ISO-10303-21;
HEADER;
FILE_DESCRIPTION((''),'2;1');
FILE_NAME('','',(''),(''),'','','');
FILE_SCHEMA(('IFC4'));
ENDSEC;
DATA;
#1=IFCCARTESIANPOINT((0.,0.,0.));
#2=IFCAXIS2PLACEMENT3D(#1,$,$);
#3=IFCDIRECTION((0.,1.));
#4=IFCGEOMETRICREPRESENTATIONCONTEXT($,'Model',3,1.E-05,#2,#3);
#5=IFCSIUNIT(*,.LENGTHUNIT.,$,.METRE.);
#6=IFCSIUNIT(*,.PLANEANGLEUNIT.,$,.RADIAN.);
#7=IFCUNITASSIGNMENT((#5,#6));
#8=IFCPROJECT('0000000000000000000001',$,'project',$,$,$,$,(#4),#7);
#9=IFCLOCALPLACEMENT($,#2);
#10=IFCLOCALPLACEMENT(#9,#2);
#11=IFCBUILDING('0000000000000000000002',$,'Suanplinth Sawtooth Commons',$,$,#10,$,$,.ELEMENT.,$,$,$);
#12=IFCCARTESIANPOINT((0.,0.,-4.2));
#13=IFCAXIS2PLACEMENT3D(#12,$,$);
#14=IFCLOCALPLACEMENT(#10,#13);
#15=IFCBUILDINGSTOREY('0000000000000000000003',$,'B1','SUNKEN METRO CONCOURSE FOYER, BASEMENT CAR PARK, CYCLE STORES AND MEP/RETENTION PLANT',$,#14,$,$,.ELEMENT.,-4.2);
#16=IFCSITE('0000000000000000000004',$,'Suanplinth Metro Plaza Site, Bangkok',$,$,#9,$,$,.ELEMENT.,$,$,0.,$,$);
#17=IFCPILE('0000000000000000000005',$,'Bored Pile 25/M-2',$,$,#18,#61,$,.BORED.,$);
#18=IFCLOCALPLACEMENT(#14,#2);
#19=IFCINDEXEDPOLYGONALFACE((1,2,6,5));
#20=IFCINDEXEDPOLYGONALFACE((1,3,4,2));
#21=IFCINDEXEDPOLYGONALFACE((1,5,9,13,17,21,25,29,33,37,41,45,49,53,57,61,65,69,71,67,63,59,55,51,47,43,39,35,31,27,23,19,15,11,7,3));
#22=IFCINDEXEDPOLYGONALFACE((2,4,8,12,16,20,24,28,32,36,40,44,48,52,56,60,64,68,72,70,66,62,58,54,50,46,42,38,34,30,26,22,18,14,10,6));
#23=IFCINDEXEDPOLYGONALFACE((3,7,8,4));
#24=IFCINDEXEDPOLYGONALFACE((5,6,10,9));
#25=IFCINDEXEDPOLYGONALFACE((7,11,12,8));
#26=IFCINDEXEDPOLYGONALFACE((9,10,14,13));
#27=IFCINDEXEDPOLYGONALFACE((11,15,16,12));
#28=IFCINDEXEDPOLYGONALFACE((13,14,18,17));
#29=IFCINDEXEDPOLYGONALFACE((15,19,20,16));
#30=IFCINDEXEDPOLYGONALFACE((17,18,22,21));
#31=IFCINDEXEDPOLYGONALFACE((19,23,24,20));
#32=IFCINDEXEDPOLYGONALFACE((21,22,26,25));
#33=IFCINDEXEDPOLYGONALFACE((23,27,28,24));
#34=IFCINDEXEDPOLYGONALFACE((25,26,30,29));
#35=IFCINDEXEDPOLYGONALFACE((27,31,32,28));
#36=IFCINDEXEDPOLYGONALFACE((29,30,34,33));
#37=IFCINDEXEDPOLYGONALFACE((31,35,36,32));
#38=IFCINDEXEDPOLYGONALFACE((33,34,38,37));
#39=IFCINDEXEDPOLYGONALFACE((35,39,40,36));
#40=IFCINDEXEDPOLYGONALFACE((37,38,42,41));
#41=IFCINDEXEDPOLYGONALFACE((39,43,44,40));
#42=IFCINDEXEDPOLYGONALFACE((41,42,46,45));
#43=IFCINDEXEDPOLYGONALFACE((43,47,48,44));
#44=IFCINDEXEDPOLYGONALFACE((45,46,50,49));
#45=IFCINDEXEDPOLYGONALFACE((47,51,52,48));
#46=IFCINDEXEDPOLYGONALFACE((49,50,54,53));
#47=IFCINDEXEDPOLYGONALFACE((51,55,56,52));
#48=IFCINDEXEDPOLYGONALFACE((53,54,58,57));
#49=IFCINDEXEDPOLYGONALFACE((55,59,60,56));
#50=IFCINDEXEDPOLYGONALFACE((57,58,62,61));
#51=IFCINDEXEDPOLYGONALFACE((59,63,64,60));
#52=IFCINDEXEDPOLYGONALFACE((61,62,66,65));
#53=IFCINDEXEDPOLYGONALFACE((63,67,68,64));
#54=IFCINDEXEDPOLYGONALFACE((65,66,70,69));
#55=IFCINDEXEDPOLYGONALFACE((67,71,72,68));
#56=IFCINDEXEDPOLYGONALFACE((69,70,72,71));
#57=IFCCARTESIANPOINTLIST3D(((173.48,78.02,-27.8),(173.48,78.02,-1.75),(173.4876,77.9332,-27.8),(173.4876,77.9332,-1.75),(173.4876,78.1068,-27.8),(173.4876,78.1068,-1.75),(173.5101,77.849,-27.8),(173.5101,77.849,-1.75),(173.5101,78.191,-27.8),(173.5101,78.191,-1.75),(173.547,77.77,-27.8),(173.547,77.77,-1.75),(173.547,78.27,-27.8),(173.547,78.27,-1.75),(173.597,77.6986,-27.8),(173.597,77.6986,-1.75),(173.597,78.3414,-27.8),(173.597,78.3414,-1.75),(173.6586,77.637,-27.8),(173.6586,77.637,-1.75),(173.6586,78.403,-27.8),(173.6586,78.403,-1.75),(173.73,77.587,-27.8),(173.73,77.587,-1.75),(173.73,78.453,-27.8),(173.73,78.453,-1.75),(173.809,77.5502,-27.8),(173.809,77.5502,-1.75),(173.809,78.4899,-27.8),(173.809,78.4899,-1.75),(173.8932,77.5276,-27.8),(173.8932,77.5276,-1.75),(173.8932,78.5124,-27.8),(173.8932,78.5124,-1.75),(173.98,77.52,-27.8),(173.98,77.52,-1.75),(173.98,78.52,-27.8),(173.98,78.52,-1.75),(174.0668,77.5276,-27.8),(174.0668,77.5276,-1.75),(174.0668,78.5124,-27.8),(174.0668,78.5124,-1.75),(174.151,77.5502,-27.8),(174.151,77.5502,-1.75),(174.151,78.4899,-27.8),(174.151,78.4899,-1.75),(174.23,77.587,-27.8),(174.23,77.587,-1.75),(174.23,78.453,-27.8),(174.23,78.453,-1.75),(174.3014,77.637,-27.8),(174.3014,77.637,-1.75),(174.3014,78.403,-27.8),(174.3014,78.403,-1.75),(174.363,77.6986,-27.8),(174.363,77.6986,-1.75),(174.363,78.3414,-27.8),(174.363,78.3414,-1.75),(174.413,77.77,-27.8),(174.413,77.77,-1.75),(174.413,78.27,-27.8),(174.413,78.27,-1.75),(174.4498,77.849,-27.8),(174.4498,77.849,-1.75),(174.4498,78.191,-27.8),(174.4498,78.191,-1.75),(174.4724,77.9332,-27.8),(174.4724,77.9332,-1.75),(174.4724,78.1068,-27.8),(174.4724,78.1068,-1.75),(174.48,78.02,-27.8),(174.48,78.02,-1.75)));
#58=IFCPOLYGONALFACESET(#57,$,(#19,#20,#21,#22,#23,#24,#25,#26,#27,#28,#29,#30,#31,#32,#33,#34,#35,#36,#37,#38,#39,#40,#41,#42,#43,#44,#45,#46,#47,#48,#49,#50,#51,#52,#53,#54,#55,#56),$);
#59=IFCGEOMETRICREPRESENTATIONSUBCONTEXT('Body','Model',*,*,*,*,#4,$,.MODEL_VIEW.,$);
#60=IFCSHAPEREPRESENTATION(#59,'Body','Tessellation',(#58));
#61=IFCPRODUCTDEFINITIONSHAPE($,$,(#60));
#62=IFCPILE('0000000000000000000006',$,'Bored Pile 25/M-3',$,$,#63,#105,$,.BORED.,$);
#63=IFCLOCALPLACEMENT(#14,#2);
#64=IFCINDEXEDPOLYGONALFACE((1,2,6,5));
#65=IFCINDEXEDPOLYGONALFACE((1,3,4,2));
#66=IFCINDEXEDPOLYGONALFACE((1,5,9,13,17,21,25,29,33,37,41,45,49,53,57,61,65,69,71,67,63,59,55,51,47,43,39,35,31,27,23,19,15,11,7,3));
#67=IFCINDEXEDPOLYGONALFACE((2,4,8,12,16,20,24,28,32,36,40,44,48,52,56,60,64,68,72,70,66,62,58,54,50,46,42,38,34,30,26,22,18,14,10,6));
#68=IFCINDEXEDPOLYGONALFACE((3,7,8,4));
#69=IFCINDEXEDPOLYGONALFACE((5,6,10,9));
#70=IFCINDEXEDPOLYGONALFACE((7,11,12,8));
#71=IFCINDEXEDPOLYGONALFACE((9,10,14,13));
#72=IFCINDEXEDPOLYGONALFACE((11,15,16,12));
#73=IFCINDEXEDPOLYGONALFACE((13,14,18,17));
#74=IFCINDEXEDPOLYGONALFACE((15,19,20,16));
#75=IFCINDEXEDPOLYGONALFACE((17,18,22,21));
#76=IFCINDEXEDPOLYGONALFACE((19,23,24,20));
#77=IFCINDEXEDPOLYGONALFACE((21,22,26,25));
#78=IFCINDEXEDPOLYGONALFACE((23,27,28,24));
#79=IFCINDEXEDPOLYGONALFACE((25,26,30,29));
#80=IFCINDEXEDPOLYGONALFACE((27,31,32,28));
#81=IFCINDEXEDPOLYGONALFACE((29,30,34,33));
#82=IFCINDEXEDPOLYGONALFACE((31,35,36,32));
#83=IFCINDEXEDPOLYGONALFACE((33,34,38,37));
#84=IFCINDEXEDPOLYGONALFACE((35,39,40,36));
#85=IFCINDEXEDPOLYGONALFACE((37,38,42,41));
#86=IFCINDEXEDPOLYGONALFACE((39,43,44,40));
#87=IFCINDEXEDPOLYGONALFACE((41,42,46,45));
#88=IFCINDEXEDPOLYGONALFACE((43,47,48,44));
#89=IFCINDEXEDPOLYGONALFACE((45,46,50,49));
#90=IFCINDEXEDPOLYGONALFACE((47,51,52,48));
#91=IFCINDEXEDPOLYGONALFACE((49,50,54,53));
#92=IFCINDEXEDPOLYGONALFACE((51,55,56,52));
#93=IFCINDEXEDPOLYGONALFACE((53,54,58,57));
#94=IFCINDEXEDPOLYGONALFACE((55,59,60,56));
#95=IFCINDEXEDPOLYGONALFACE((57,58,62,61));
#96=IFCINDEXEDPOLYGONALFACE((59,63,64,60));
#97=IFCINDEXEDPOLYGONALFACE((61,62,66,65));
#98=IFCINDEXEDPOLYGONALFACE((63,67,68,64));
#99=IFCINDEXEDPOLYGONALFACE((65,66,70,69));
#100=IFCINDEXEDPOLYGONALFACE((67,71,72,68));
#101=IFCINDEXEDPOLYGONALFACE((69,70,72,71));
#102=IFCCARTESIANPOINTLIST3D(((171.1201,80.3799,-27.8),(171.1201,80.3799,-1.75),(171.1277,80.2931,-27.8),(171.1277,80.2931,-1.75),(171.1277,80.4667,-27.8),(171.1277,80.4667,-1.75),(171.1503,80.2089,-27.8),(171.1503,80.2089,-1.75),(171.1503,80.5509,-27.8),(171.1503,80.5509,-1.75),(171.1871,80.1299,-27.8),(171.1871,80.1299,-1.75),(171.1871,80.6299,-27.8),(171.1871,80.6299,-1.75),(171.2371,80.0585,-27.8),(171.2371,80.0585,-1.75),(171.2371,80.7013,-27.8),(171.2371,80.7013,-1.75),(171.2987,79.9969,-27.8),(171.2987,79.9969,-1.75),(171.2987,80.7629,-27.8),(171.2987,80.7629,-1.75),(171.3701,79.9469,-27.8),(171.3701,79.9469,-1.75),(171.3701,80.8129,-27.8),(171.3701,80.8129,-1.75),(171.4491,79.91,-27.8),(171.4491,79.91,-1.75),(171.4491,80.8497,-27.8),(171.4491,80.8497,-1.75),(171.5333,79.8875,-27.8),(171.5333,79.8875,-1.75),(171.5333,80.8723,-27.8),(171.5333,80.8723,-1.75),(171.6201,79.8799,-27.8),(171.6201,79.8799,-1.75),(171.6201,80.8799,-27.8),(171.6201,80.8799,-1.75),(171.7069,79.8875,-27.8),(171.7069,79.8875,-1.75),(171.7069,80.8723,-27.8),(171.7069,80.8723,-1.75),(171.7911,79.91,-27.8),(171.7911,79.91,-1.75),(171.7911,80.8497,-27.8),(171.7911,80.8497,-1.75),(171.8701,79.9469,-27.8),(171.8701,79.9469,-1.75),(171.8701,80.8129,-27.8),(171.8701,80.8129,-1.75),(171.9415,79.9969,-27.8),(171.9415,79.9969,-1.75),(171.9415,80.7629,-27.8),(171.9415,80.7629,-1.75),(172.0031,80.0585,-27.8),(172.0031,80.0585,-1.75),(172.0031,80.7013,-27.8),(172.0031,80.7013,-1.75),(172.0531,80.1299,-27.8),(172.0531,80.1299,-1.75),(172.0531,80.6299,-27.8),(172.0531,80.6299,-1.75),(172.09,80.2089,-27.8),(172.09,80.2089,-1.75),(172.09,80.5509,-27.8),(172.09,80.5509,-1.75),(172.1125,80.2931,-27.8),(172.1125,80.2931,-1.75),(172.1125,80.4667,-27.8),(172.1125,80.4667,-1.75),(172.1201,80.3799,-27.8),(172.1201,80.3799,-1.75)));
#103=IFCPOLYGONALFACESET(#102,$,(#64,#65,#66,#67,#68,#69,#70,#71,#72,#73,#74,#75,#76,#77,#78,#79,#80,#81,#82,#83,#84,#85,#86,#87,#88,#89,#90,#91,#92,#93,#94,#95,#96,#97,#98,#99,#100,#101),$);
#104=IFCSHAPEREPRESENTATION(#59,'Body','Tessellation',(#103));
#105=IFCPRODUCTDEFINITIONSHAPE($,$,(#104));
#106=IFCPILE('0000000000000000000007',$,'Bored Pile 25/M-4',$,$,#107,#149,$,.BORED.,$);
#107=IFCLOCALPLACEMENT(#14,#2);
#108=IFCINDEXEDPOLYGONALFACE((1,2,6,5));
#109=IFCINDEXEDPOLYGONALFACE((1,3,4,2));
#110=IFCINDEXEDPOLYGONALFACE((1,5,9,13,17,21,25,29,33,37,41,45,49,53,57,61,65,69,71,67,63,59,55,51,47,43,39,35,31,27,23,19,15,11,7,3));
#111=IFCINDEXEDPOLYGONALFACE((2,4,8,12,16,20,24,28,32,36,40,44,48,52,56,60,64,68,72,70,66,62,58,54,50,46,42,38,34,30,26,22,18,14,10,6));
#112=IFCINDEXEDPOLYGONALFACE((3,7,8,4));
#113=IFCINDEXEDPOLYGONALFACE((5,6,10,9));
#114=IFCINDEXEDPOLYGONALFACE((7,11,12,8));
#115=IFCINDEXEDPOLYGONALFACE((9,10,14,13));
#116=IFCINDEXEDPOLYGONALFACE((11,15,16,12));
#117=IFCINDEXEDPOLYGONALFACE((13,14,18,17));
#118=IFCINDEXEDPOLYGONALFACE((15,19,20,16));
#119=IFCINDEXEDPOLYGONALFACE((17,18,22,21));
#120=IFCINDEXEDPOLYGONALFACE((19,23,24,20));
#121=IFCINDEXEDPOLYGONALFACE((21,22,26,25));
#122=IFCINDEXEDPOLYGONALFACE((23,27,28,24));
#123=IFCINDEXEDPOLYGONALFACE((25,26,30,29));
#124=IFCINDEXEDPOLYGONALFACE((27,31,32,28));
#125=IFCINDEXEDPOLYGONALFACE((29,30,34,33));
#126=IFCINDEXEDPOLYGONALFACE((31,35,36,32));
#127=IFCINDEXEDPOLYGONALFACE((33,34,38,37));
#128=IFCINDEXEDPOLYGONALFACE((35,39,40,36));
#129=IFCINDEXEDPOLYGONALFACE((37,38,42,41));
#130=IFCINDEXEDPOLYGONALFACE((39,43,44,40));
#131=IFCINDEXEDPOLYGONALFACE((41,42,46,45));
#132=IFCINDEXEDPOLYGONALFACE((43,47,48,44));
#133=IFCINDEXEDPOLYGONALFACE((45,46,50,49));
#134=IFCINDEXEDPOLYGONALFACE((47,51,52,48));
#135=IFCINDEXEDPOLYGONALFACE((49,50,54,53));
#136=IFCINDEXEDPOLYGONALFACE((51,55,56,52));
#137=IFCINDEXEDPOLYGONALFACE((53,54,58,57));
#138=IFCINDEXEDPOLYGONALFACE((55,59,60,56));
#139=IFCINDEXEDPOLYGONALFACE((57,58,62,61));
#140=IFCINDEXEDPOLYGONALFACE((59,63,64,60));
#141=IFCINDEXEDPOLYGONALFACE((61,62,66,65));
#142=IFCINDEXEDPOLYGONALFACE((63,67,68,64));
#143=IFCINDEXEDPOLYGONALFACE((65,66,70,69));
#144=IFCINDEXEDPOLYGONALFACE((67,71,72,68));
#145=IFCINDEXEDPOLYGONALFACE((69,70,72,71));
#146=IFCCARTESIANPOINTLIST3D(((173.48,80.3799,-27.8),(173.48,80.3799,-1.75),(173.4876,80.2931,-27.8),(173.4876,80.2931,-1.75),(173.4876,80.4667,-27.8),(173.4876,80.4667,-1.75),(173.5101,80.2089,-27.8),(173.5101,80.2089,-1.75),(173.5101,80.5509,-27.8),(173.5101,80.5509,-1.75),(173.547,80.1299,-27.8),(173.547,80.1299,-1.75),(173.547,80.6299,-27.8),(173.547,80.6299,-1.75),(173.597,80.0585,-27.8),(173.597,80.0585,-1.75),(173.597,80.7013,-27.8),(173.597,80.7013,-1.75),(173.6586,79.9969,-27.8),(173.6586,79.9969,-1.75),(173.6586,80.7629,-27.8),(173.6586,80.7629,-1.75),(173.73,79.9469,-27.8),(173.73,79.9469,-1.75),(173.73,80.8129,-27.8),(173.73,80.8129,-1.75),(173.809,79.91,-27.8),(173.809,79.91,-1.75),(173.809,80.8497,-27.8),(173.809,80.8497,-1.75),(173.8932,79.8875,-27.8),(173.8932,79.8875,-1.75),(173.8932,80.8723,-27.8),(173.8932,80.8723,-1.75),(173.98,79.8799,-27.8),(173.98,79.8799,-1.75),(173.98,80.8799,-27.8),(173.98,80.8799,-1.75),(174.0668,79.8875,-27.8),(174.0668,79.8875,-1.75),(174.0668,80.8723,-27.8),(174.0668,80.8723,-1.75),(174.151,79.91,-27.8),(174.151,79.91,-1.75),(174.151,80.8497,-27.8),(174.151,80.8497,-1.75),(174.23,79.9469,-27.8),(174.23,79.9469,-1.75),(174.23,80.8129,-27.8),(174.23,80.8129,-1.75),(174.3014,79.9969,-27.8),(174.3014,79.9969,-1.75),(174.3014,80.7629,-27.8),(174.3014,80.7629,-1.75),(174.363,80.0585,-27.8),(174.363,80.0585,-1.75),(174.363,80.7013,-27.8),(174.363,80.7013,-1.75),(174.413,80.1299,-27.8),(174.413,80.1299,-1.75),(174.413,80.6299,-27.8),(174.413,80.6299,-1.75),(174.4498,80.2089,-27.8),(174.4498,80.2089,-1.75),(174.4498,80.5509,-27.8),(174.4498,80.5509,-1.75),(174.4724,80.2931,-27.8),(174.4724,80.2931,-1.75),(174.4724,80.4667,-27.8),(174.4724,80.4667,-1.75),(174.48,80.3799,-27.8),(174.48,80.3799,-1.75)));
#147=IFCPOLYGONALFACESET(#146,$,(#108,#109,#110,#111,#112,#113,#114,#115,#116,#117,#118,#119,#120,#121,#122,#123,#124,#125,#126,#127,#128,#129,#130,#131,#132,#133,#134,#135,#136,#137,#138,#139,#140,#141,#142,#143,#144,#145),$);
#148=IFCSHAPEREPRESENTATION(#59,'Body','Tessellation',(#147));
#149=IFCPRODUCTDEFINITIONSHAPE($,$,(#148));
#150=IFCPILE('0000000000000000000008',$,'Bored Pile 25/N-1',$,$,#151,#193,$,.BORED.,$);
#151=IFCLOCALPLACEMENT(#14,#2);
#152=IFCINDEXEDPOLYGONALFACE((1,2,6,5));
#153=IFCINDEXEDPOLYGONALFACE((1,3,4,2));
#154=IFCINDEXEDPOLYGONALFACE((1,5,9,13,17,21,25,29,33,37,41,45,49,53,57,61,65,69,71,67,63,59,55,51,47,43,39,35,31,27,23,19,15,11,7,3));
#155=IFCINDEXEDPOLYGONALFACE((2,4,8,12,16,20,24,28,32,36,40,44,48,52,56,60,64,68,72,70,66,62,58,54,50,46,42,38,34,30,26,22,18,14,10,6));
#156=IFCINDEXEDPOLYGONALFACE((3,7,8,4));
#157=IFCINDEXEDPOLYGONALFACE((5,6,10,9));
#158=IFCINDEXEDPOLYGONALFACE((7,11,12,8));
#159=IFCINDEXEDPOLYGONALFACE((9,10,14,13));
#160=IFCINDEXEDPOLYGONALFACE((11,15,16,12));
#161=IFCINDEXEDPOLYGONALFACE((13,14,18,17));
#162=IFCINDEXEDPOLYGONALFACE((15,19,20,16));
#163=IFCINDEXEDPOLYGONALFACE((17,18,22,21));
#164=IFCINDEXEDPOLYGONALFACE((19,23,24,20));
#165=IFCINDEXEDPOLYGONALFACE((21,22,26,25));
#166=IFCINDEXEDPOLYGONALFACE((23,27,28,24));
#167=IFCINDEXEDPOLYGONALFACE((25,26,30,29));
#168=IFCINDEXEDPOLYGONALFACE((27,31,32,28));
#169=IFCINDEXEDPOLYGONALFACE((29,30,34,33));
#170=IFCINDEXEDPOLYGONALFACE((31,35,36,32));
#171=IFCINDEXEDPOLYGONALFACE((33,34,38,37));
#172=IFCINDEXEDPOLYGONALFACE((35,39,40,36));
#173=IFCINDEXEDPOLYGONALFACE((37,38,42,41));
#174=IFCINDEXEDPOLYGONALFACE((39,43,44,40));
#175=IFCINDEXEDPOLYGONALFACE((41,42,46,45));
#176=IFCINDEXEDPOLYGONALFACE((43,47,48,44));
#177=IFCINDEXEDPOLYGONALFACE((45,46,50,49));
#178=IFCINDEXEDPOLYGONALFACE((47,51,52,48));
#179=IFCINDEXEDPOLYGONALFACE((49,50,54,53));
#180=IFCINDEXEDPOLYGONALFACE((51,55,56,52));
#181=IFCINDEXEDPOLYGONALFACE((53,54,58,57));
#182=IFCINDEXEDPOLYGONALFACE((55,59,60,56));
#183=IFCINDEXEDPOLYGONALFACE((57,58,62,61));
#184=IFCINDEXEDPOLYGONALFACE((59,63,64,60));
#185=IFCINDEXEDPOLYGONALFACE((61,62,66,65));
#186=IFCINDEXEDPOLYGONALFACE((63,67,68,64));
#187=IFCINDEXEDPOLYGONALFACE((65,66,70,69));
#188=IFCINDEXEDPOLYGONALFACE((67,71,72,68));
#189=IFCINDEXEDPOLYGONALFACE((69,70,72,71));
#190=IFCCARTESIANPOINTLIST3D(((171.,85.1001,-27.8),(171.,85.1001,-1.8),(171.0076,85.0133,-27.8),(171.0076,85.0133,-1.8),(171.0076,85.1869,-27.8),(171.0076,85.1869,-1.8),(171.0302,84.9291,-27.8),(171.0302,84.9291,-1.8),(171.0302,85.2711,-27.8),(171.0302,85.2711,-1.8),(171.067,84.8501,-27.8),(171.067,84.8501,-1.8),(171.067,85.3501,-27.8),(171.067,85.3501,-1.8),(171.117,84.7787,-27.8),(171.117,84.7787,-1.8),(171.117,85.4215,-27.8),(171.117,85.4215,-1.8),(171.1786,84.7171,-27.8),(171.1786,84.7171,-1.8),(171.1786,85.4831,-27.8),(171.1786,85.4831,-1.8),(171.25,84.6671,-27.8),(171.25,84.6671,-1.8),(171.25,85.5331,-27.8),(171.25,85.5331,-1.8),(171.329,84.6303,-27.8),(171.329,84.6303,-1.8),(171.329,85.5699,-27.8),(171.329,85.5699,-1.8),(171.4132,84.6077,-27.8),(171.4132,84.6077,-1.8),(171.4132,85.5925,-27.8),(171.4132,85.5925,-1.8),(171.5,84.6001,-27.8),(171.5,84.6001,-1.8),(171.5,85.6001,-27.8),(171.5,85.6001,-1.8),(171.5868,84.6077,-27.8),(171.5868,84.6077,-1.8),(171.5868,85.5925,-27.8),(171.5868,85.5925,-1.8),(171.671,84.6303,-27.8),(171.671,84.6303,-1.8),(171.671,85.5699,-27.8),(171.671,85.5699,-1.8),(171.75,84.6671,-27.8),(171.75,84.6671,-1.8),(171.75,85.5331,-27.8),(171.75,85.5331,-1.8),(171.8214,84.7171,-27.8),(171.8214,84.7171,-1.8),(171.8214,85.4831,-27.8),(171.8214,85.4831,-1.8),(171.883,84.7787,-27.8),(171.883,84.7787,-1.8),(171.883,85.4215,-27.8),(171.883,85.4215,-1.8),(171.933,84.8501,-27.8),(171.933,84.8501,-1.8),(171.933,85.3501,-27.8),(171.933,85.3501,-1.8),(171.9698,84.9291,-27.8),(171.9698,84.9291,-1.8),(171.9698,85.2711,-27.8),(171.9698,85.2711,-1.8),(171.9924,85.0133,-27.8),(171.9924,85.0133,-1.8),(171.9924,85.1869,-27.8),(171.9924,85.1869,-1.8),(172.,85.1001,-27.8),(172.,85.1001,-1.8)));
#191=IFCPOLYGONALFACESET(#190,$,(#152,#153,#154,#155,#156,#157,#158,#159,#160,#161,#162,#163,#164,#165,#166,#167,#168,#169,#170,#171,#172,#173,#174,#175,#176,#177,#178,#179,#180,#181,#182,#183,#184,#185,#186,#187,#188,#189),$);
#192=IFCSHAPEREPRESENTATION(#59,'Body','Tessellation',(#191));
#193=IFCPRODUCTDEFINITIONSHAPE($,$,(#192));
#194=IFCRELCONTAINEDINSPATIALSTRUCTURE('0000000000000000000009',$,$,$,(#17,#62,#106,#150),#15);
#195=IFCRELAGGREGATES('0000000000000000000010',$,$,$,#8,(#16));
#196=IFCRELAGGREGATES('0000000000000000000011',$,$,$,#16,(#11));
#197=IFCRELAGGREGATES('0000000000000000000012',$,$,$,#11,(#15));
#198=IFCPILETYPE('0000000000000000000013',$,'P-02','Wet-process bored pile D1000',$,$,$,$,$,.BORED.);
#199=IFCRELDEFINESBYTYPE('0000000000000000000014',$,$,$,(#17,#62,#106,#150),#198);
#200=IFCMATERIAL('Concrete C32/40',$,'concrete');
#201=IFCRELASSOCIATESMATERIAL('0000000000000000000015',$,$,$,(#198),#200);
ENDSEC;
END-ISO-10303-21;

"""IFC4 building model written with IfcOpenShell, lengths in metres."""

from ifc_helpers import new_model, si_unit, direction, frame, origin, origin_2d, place, context, subcontext, project, spatial, circle, extrude, material, material_profile, profile_set, type_object, element, save


model = new_model("IFC4")

# Units and contexts
model_context = context("Model", 3, precision=1e-05, world=origin(), true_north=direction((0.0, 1.0)))
body_context = subcontext(model_context, "Body", "Model", "MODEL_VIEW")
ifc_project = project(units=[si_unit("LENGTHUNIT", "METRE"), si_unit("PLANEANGLEUNIT", "RADIAN")], contexts=[model_context])

# Site, building, storey
site_placement = place(None, origin())
site = spatial("IfcSite", under=ifc_project, at=site_placement, Name="Suanplinth Metro Plaza Site, Bangkok", CompositionType="ELEMENT", RefElevation=0.0)
building_placement = place(site_placement, origin())
building = spatial("IfcBuilding", under=site, at=building_placement, Name="Suanplinth Sawtooth Commons", CompositionType="ELEMENT")
storey_placement = place(building_placement, frame((0.0, 0.0, -4.2)))
storey = spatial("IfcBuildingStorey", under=building, at=storey_placement, Name="B1", Description="SUNKEN METRO CONCOURSE FOYER, BASEMENT CAR PARK, CYCLE STORES AND MEP/RETENTION PLANT", CompositionType="ELEMENT", Elevation=-4.2)

# Piles
ifc_material_1 = material(Name="Concrete C32/40", Category="concrete")
ifc_material_profile_1 = material_profile(ifc_material_1, circle(Radius=0.5, at=origin_2d()), Name="PILE D1000")
ifc_profile_set_1 = profile_set([ifc_material_profile_1], Name="Concrete C32/40")
pile_type = type_object("IfcPileType", Name="P-02", Description="Wet-process bored pile D1000", PredefinedType="BORED", material=ifc_profile_set_1)
for number, where, z_axis, x_axis, name in (
    (1, (173.98, 78.02, -1.75), (0.0, 0.0, -1.0), (1.0, 0.0, 0.0), "Bored Pile 25/M-2"),
    (2, (171.6201, 80.3799, -1.75), (0.0, 0.0, -1.0), (1.0, 0.0, 0.0), "Bored Pile 25/M-3"),
    (3, (173.98, 80.3799, -1.75), (0.0, 0.0, -1.0), (1.0, 0.0, 0.0), "Bored Pile 25/M-4"),
):
    element("IfcPile", number, at=place(storey_placement, frame(where, z_axis=z_axis, x_axis=x_axis)), inside=storey, type_object=pile_type, Name=name, PredefinedType="BORED", context=body_context, shape_type="SweptSolid", body=[
        extrude(circle(Radius=0.5, at=origin_2d()), origin(), (0.0, 0.0, 1.0), 26.05),
    ])
for number, where, z_axis, x_axis, name in (
    (4, (171.5, 85.1001, -1.8), (0.0, 0.0, -1.0), (1.0, 0.0, 0.0), "Bored Pile 25/N-1"),
):
    element("IfcPile", number, at=place(storey_placement, frame(where, z_axis=z_axis, x_axis=x_axis)), inside=storey, type_object=pile_type, Name=name, PredefinedType="BORED", context=body_context, shape_type="SweptSolid", body=[
        extrude(circle(Radius=0.5, at=origin_2d()), origin(), (0.0, 0.0, 1.0), 26.0),
    ])

save(model, "model.ifc")
